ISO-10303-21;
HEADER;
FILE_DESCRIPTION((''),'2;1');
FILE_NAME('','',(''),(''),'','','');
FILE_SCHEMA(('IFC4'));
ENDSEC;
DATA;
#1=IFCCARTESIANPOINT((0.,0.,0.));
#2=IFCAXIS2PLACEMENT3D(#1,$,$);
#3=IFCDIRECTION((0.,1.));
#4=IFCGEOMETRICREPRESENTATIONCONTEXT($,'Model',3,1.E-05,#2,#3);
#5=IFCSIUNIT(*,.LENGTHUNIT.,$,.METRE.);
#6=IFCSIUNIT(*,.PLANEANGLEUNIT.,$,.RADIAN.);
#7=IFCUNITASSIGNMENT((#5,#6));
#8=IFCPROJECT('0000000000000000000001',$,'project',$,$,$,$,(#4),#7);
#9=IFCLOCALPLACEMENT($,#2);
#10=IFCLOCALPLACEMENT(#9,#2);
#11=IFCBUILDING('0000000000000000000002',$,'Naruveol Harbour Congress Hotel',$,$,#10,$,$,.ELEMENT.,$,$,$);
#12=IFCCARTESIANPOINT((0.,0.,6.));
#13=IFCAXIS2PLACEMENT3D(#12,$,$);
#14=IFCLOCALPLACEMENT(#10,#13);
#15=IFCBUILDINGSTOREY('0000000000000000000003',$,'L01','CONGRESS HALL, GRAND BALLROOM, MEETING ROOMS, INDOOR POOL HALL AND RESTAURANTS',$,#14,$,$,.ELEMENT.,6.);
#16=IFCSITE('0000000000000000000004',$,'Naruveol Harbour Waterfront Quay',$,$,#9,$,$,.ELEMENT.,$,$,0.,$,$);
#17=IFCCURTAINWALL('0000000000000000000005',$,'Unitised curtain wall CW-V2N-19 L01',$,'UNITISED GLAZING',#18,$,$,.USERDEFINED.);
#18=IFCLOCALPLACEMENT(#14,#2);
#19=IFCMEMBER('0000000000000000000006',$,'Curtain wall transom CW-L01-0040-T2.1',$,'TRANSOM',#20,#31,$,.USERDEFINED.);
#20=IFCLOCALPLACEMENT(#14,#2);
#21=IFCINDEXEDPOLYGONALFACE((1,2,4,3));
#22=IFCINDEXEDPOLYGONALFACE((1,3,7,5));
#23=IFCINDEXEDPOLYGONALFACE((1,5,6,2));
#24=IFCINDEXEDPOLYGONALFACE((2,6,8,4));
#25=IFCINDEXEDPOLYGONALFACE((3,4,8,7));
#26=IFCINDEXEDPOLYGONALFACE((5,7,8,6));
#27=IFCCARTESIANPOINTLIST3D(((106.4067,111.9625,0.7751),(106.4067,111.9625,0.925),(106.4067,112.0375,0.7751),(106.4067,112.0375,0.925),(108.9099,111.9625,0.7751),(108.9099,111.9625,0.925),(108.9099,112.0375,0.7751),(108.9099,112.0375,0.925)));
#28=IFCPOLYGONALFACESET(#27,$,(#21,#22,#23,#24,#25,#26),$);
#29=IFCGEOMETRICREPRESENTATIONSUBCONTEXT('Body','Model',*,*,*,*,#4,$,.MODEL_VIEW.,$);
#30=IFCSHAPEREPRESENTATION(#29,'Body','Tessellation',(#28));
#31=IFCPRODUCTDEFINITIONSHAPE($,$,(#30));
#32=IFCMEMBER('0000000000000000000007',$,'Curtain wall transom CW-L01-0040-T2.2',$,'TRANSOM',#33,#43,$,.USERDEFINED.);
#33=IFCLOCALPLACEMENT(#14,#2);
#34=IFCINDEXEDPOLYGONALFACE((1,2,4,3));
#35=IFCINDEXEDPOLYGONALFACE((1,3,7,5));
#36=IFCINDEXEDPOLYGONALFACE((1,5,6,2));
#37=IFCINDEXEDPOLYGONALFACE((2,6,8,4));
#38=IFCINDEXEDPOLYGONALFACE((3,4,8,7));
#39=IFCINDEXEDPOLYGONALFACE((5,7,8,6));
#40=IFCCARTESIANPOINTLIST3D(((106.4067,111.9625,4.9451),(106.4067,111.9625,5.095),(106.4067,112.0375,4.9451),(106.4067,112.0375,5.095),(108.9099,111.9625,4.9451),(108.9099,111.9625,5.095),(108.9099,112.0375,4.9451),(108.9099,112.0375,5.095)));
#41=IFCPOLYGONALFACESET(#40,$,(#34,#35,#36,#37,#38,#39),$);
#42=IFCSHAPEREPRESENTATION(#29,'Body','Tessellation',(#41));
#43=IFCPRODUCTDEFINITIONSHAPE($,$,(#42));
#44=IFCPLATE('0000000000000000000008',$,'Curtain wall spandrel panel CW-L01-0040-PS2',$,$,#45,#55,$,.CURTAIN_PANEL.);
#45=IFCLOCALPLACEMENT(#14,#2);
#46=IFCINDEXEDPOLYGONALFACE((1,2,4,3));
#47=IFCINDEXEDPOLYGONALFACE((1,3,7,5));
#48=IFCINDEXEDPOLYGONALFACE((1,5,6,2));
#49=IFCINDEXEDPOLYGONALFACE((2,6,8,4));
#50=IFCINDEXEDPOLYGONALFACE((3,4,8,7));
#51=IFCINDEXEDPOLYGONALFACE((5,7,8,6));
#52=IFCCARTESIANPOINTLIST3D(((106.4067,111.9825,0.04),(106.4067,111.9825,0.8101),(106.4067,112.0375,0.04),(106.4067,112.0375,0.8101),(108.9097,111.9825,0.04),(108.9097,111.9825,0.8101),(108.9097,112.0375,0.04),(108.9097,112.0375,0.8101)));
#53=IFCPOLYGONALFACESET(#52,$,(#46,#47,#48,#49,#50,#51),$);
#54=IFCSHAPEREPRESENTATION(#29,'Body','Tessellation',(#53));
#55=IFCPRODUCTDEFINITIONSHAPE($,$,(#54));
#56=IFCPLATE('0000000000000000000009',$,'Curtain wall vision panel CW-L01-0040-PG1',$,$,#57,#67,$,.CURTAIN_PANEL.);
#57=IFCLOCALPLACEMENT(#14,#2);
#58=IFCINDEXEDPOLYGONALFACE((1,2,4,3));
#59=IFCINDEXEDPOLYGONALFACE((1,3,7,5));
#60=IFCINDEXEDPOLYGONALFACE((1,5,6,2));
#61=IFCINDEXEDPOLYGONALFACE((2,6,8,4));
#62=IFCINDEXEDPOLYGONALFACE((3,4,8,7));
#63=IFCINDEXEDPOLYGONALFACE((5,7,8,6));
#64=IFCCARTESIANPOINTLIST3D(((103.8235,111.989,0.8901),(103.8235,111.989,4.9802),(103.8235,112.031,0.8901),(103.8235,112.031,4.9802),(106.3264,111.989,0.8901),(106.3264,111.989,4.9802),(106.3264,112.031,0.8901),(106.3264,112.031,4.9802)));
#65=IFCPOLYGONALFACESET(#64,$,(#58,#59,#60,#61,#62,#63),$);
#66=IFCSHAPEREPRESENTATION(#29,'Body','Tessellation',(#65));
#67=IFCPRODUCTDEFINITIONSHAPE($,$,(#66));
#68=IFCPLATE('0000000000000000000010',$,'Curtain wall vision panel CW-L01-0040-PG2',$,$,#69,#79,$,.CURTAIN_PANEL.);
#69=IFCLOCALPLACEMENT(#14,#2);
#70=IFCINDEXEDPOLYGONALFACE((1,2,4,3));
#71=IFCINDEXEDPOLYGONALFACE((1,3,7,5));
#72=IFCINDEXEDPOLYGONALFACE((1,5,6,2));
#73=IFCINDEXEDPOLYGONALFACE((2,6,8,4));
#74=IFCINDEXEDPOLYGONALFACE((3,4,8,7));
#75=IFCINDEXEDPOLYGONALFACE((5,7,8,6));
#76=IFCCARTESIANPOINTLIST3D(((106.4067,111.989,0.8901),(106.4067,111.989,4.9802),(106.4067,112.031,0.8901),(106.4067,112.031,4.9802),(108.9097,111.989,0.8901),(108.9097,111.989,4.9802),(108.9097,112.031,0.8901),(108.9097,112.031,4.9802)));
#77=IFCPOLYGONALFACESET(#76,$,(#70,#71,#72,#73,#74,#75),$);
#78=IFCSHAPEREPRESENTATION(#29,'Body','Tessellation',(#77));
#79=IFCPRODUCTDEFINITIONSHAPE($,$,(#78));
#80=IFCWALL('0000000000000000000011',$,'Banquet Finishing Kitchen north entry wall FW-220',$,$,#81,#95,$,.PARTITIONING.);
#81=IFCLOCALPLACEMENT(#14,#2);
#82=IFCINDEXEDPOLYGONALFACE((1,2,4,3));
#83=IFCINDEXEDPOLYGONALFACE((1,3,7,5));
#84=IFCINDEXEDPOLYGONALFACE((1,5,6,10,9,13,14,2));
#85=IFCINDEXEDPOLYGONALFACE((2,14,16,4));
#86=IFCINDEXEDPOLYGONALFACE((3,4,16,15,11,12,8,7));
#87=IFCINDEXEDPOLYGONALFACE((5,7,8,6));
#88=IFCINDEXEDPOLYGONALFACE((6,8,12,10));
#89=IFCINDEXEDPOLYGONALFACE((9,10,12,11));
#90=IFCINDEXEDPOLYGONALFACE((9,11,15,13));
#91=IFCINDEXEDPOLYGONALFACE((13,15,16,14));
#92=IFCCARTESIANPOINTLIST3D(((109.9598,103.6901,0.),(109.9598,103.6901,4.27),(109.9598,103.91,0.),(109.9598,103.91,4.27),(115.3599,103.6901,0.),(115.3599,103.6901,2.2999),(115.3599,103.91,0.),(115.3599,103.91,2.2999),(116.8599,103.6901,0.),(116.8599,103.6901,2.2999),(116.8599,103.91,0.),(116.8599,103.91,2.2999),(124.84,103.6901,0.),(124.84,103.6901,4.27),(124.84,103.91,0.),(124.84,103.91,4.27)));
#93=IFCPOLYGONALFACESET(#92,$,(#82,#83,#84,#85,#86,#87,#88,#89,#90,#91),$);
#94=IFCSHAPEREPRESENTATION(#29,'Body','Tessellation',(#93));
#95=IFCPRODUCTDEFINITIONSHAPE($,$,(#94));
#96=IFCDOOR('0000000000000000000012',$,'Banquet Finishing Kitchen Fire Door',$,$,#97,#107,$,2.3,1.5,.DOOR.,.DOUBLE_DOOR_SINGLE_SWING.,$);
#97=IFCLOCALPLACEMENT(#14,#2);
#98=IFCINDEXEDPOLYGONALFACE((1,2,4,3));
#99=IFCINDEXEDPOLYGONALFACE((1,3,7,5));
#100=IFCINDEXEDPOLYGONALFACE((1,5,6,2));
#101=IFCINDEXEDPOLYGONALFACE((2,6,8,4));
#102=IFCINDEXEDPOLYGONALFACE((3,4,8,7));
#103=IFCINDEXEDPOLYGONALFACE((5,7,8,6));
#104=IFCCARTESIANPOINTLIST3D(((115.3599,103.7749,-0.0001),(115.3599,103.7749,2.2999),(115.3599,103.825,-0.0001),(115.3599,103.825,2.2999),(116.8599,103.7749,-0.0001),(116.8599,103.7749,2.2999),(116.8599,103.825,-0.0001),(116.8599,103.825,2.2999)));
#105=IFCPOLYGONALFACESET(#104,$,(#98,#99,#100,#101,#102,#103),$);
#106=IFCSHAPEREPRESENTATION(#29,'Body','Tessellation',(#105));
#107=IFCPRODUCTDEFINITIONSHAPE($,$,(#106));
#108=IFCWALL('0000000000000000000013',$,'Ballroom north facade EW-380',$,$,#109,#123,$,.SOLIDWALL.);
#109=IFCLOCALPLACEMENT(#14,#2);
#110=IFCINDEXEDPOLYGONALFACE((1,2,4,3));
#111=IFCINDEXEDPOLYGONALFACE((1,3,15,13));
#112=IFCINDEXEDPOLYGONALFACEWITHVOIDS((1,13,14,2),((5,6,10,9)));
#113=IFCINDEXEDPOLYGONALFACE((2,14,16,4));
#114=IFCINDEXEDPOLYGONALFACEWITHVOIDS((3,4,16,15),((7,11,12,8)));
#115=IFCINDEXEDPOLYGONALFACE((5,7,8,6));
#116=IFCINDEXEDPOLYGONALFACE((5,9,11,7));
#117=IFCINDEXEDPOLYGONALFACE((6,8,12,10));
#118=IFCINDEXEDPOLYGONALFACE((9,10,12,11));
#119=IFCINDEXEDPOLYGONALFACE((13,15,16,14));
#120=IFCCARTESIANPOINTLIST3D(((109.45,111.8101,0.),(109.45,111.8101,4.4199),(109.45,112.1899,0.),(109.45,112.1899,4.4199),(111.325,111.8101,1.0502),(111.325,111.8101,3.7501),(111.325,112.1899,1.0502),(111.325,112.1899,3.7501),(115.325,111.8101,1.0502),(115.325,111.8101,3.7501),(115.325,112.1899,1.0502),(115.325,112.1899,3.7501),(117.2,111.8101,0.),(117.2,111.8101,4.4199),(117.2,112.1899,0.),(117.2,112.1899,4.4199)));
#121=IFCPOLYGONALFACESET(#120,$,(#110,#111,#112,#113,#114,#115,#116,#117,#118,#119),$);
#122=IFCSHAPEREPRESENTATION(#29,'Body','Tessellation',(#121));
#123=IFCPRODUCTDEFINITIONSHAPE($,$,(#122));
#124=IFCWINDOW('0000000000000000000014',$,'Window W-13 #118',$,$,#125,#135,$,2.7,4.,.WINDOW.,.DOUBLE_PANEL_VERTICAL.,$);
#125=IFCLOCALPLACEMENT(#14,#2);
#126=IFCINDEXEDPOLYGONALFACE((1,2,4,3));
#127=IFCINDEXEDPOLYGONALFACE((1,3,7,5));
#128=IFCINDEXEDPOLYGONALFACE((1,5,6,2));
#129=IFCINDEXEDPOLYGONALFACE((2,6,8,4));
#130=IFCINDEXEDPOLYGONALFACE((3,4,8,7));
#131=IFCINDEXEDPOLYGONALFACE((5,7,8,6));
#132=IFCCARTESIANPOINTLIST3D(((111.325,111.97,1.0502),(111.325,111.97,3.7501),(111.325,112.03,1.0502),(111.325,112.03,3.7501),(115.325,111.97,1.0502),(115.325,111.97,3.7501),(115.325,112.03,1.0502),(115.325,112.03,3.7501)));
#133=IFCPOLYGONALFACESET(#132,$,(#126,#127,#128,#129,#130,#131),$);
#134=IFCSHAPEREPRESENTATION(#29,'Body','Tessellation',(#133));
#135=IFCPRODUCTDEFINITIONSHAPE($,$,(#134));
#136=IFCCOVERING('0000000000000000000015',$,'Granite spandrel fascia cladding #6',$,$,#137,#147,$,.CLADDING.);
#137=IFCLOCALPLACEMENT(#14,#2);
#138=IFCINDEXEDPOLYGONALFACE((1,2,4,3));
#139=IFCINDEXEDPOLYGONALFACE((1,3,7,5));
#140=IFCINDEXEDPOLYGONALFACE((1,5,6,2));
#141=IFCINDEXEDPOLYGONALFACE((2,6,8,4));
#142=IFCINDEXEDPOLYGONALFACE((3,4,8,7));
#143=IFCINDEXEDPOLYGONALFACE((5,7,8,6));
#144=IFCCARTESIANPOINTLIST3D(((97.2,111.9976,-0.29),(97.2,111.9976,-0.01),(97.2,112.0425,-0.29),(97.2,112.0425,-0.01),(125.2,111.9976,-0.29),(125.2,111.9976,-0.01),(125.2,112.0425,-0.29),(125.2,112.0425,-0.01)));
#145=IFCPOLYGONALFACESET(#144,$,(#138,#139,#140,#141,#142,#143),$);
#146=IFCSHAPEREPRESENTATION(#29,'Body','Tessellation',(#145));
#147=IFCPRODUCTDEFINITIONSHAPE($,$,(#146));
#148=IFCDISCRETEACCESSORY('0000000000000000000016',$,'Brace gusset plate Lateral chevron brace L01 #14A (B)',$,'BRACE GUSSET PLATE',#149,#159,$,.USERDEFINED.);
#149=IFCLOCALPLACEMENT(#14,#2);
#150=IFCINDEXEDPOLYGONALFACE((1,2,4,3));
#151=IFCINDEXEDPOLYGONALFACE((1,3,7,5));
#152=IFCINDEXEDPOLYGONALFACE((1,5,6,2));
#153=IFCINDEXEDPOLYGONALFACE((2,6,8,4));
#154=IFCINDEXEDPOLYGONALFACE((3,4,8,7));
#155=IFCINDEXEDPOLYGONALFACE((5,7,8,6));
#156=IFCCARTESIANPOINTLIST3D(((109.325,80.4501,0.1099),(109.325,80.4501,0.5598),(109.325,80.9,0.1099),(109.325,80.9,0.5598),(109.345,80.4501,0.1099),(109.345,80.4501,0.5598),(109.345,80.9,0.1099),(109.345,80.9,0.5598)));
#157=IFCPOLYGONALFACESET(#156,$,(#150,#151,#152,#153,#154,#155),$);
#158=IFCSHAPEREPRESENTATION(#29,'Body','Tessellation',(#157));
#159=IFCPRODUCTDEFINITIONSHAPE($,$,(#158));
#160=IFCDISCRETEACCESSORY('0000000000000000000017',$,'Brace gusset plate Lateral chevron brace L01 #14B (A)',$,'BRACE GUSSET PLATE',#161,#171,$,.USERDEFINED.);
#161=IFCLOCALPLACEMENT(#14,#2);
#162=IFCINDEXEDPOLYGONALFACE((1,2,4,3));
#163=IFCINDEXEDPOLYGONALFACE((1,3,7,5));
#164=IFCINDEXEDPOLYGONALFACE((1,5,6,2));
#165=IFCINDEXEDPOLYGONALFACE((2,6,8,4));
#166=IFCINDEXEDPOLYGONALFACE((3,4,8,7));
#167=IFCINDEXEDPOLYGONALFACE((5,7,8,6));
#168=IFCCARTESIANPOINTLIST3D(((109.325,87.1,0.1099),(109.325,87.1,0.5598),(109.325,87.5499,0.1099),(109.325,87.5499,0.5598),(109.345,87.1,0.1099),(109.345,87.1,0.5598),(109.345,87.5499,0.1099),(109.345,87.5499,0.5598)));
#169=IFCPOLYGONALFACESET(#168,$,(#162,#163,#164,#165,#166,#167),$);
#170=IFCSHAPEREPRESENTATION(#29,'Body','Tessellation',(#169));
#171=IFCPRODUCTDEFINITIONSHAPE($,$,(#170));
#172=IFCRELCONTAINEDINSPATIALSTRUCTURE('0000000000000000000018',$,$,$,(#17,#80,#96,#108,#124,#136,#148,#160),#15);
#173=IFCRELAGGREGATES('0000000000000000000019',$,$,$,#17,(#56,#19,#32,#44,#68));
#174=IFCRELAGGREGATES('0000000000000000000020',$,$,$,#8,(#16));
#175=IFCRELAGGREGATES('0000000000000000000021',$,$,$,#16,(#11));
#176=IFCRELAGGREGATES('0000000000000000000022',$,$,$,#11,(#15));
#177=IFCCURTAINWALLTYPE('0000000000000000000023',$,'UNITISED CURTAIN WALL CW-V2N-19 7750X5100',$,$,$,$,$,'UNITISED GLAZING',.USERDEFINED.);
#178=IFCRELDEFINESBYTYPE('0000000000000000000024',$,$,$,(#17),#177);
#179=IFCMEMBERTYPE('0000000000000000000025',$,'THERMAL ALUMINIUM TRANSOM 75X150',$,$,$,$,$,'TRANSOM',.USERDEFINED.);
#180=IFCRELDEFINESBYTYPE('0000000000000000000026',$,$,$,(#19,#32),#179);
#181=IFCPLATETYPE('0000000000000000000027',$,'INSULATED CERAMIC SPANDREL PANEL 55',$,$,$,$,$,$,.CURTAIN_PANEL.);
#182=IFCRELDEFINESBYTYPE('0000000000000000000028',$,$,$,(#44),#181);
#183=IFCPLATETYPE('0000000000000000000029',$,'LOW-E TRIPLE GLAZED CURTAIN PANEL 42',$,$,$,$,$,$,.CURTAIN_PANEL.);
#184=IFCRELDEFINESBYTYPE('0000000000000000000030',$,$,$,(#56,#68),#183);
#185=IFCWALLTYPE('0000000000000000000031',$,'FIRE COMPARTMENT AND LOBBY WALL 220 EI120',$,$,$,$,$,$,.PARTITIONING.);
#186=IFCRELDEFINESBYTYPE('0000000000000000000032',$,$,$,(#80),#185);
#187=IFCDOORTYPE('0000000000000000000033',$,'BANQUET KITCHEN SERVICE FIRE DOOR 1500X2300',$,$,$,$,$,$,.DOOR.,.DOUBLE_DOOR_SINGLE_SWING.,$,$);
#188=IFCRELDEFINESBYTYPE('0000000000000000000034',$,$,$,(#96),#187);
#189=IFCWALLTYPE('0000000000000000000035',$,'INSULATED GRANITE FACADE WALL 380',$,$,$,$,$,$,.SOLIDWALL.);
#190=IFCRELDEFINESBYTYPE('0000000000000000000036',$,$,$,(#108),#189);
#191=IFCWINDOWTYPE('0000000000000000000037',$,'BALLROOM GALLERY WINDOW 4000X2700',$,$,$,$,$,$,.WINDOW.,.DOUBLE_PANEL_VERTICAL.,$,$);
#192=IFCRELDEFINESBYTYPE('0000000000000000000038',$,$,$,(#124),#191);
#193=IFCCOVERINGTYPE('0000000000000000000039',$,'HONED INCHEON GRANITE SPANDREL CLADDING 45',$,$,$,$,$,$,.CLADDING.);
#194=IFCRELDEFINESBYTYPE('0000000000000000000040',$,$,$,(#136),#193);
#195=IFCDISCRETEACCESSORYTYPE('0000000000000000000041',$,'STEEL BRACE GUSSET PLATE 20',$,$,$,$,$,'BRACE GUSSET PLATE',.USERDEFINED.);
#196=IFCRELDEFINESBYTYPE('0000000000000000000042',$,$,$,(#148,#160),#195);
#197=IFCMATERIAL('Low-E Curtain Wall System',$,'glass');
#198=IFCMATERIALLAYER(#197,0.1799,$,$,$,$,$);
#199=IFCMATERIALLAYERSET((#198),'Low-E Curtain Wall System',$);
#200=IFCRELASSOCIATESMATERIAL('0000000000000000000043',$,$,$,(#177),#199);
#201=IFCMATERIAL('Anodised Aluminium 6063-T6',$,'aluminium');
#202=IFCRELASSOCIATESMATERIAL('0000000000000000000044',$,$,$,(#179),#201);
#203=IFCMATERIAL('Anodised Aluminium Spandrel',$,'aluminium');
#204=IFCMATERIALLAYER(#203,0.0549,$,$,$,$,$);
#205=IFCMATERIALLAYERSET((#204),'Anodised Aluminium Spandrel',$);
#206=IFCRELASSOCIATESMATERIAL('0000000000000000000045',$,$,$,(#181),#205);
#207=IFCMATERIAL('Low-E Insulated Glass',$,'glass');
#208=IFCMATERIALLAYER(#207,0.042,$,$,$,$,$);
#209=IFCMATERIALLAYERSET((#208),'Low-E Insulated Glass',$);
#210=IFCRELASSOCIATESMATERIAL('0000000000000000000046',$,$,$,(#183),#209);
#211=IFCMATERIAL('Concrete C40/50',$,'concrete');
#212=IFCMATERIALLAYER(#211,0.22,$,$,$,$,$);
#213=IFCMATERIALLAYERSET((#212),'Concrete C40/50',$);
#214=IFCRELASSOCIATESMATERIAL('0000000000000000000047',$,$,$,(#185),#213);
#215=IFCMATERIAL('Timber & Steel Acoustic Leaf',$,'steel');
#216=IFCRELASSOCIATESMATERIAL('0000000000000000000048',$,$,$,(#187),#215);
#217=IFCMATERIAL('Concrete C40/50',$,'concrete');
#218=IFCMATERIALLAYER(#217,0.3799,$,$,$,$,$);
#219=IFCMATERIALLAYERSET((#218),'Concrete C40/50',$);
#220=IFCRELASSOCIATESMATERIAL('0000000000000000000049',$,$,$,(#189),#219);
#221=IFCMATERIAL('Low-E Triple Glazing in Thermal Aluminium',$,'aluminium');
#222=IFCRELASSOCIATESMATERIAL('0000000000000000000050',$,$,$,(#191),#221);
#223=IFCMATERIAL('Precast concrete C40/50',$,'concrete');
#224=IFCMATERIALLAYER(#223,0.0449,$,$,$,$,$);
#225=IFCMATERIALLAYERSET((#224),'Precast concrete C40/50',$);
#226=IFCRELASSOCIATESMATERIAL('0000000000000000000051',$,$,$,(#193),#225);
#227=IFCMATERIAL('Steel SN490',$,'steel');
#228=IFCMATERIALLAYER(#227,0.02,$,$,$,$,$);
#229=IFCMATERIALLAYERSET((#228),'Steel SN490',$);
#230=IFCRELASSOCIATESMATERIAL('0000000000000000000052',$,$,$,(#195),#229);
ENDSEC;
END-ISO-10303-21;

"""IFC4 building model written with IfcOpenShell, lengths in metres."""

from ifc_helpers import new_model, si_unit, direction, frame, frame_2d, origin, origin_2d, place, context, subcontext, project, spatial, rectangle, extrude, material, layer, layer_set, material_profile, profile_set, type_object, element, fill, aggregate, save


model = new_model("IFC4")

# Units and contexts
model_context = context("Model", 3, precision=1e-05, world=origin(), true_north=direction((0.0, 1.0)))
body_context = subcontext(model_context, "Body", "Model", "MODEL_VIEW")
ifc_project = project(units=[si_unit("LENGTHUNIT", "METRE"), si_unit("PLANEANGLEUNIT", "RADIAN")], contexts=[model_context])

# Site, building, storey
site_placement = place(None, origin())
site = spatial("IfcSite", under=ifc_project, at=site_placement, Name="Naruveol Harbour Waterfront Quay", CompositionType="ELEMENT", RefElevation=0.0)
building_placement = place(site_placement, origin())
building = spatial("IfcBuilding", under=site, at=building_placement, Name="Naruveol Harbour Congress Hotel", CompositionType="ELEMENT")
storey_placement = place(building_placement, frame((0.0, 0.0, 6.0)))
storey = spatial("IfcBuildingStorey", under=building, at=storey_placement, Name="L01", Description="CONGRESS HALL, GRAND BALLROOM, MEETING ROOMS, INDOOR POOL HALL AND RESTAURANTS", CompositionType="ELEMENT", Elevation=6.0)

# Curtain wall, members, plates
ifc_material_1 = material(Name="Low-E Curtain Wall System", Category="glass")
ifc_layer_1 = layer(ifc_material_1, 0.1799)
ifc_layer_set_1 = layer_set([ifc_layer_1], Name="Low-E Curtain Wall System")
curtain_wall_type = type_object("IfcCurtainWallType", Name="UNITISED CURTAIN WALL CW-V2N-19 7750X5100", ElementType="UNITISED GLAZING", PredefinedType="USERDEFINED", material=ifc_layer_set_1)
curtain_wall_placement = place(storey_placement, origin())
curtain_wall = element("IfcCurtainWall", 1, at=curtain_wall_placement, inside=storey, type_object=curtain_wall_type, Name="Unitised curtain wall CW-V2N-19 L01", ObjectType="UNITISED GLAZING", PredefinedType="USERDEFINED")
ifc_material_2 = material(Name="Anodised Aluminium 6063-T6", Category="aluminium")
ifc_material_profile_1 = material_profile(ifc_material_2, rectangle(XDim=0.075, YDim=0.1499, at=origin_2d()), Name="ALU-75x150")
ifc_profile_set_1 = profile_set([ifc_material_profile_1], Name="Anodised Aluminium 6063-T6")
member_type_1 = type_object("IfcMemberType", Name="THERMAL ALUMINIUM TRANSOM 75X150", ElementType="TRANSOM", PredefinedType="USERDEFINED", material=ifc_profile_set_1)
member_1_placement = place(storey_placement, frame((106.4067, 112.0, 0.8501), z_axis=(1.0, 0.0, 0.0), x_axis=(0.0, 1.0, 0.0)))
member_1 = element("IfcMember", 2, at=member_1_placement, type_object=member_type_1, Name="Curtain wall transom CW-L01-0040-T2.1", ObjectType="TRANSOM", PredefinedType="USERDEFINED", context=body_context, shape_type="SweptSolid", body=[
    extrude(rectangle(XDim=0.075, YDim=0.1499, at=origin_2d()), origin(), (0.0, 0.0, 1.0), 2.5032),
])
member_2_placement = place(storey_placement, frame((106.4067, 112.0, 5.02), z_axis=(1.0, 0.0, 0.0), x_axis=(0.0, 1.0, 0.0)))
member_2 = element("IfcMember", 3, at=member_2_placement, type_object=member_type_1, Name="Curtain wall transom CW-L01-0040-T2.2", ObjectType="TRANSOM", PredefinedType="USERDEFINED", context=body_context, shape_type="SweptSolid", body=[
    extrude(rectangle(XDim=0.075, YDim=0.1499, at=origin_2d()), origin(), (0.0, 0.0, 1.0), 2.5032),
])
ifc_material_3 = material(Name="Anodised Aluminium Spandrel", Category="aluminium")
ifc_layer_2 = layer(ifc_material_3, 0.0549)
ifc_layer_set_2 = layer_set([ifc_layer_2], Name="Anodised Aluminium Spandrel")
plate_type_1 = type_object("IfcPlateType", Name="INSULATED CERAMIC SPANDREL PANEL 55", PredefinedType="CURTAIN_PANEL", material=ifc_layer_set_2)
plate_1_placement = place(storey_placement, frame((107.6582, 112.01, 0.04), z_axis=(0.0, 0.0, 1.0), x_axis=(1.0, 0.0, 0.0)))
plate_1 = element("IfcPlate", 4, at=plate_1_placement, type_object=plate_type_1, Name="Curtain wall spandrel panel CW-L01-0040-PS2", PredefinedType="CURTAIN_PANEL", context=body_context, shape_type="SweptSolid", body=[
    extrude(rectangle(XDim=2.5029, YDim=0.0549, at=origin_2d()), origin(), (0.0, 0.0, 1.0), 0.77),
])
ifc_material_4 = material(Name="Low-E Insulated Glass", Category="glass")
ifc_layer_3 = layer(ifc_material_4, 0.042)
ifc_layer_set_3 = layer_set([ifc_layer_3], Name="Low-E Insulated Glass")
plate_type_2 = type_object("IfcPlateType", Name="LOW-E TRIPLE GLAZED CURTAIN PANEL 42", PredefinedType="CURTAIN_PANEL", material=ifc_layer_set_3)
plate_2_placement = place(storey_placement, frame((105.075, 112.01, 0.8901), z_axis=(0.0, 0.0, 1.0), x_axis=(1.0, 0.0, 0.0)))
plate_2 = element("IfcPlate", 5, at=plate_2_placement, type_object=plate_type_2, Name="Curtain wall vision panel CW-L01-0040-PG1", PredefinedType="CURTAIN_PANEL", context=body_context, shape_type="SweptSolid", body=[
    extrude(rectangle(XDim=2.5029, YDim=0.042, at=origin_2d()), origin(), (0.0, 0.0, 1.0), 4.0901),
])
plate_3_placement = place(storey_placement, frame((107.6582, 112.01, 0.8901), z_axis=(0.0, 0.0, 1.0), x_axis=(1.0, 0.0, 0.0)))
plate_3 = element("IfcPlate", 6, at=plate_3_placement, type_object=plate_type_2, Name="Curtain wall vision panel CW-L01-0040-PG2", PredefinedType="CURTAIN_PANEL", context=body_context, shape_type="SweptSolid", body=[
    extrude(rectangle(XDim=2.5029, YDim=0.042, at=origin_2d()), origin(), (0.0, 0.0, 1.0), 4.0901),
])
aggregate(curtain_wall, [plate_2, member_1, member_2, plate_1, plate_3])

# Wall, opening, door
ifc_material_5 = material(Name="Concrete C40/50", Category="concrete")
ifc_layer_4 = layer(ifc_material_5, 0.22)
ifc_layer_set_4 = layer_set([ifc_layer_4], Name="Concrete C40/50")
wall_type_1 = type_object("IfcWallType", Name="FIRE COMPARTMENT AND LOBBY WALL 220 EI120", PredefinedType="PARTITIONING", material=ifc_layer_set_4)
wall_1_placement = place(storey_placement, frame((109.96, 103.8, 0.0), z_axis=(0.0, 0.0, 1.0), x_axis=(1.0, 0.0, 0.0)))
wall_1 = element("IfcWall", 7, at=wall_1_placement, inside=storey, type_object=wall_type_1, Name="Banquet Finishing Kitchen north entry wall FW-220", PredefinedType="PARTITIONING", context=body_context, shape_type="SweptSolid", body=[
    extrude(rectangle(XDim=14.8801, YDim=0.22, at=frame_2d((7.4399, 0.0))), origin(), (0.0, 0.0, 1.0), 4.27),
])
opening_1_placement = place(wall_1_placement, frame((5.3999, 0.0, 0.0)))
opening_1 = element("IfcOpeningElement", 8, at=opening_1_placement, cuts=wall_1, PredefinedType="OPENING", context=body_context, shape_type="SweptSolid", body=[
    extrude(rectangle(XDim=1.5, YDim=2.3, at=frame_2d((0.75, 1.1499))), frame((0.0, 0.1199, 0.0), z_axis=(0.0, -1.0, 0.0), x_axis=(1.0, 0.0, 0.0)), (0.0, 0.0, 1.0), 0.24),
])
ifc_material_6 = material(Name="Timber & Steel Acoustic Leaf", Category="steel")
door_type = type_object("IfcDoorType", Name="BANQUET KITCHEN SERVICE FIRE DOOR 1500X2300", OperationType="DOUBLE_DOOR_SINGLE_SWING", PredefinedType="DOOR", material=ifc_material_6)
door_placement = place(opening_1_placement, origin())
door = element("IfcDoor", 9, at=door_placement, inside=storey, type_object=door_type, Name="Banquet Finishing Kitchen Fire Door", OperationType="DOUBLE_DOOR_SINGLE_SWING", OverallHeight=2.3, OverallWidth=1.5, PredefinedType="DOOR", context=body_context, shape_type="SweptSolid", body=[
    extrude(rectangle(XDim=1.5, YDim=2.3, at=frame_2d((0.75, 1.1499))), frame((0.0, 0.0249, 0.0), z_axis=(0.0, -1.0, 0.0), x_axis=(1.0, 0.0, 0.0)), (0.0, 0.0, 1.0), 0.05),
])
fill(opening_1, door)

# Wall, opening, window
ifc_material_7 = material(Name="Concrete C40/50", Category="concrete")
ifc_layer_5 = layer(ifc_material_7, 0.3799)
ifc_layer_set_5 = layer_set([ifc_layer_5], Name="Concrete C40/50")
wall_type_2 = type_object("IfcWallType", Name="INSULATED GRANITE FACADE WALL 380", PredefinedType="SOLIDWALL", material=ifc_layer_set_5)
wall_2_placement = place(storey_placement, frame((109.45, 112.0, 0.0), z_axis=(0.0, 0.0, 1.0), x_axis=(1.0, 0.0, 0.0)))
wall_2 = element("IfcWall", 10, at=wall_2_placement, inside=storey, type_object=wall_type_2, Name="Ballroom north facade EW-380", PredefinedType="SOLIDWALL", context=body_context, shape_type="SweptSolid", body=[
    extrude(rectangle(XDim=7.75, YDim=0.3799, at=frame_2d((3.875, 0.0))), origin(), (0.0, 0.0, 1.0), 4.4199),
])
opening_2_placement = place(wall_2_placement, frame((1.875, 0.0, 1.05)))
opening_2 = element("IfcOpeningElement", 11, at=opening_2_placement, cuts=wall_2, PredefinedType="OPENING", context=body_context, shape_type="SweptSolid", body=[
    extrude(rectangle(XDim=4.0, YDim=2.7, at=frame_2d((2.0, 1.3501))), frame((0.0, 0.2, 0.0), z_axis=(0.0, -1.0, 0.0), x_axis=(1.0, 0.0, 0.0)), (0.0, 0.0, 1.0), 0.3999),
])
ifc_material_8 = material(Name="Low-E Triple Glazing in Thermal Aluminium", Category="aluminium")
window_type = type_object("IfcWindowType", Name="BALLROOM GALLERY WINDOW 4000X2700", PartitioningType="DOUBLE_PANEL_VERTICAL", PredefinedType="WINDOW", material=ifc_material_8)
window_placement = place(opening_2_placement, origin())
window = element("IfcWindow", 12, at=window_placement, inside=storey, type_object=window_type, Name="Window W-13 #118", OverallHeight=2.7, OverallWidth=4.0, PartitioningType="DOUBLE_PANEL_VERTICAL", PredefinedType="WINDOW", context=body_context, shape_type="SweptSolid", body=[
    extrude(rectangle(XDim=4.0, YDim=2.7, at=frame_2d((2.0, 1.3501))), frame((0.0, 0.03, 0.0), z_axis=(0.0, -1.0, 0.0), x_axis=(1.0, 0.0, 0.0)), (0.0, 0.0, 1.0), 0.0601),
])
fill(opening_2, window)

# Covering
ifc_material_9 = material(Name="Precast concrete C40/50", Category="concrete")
ifc_layer_6 = layer(ifc_material_9, 0.0449)
ifc_layer_set_6 = layer_set([ifc_layer_6], Name="Precast concrete C40/50")
covering_type = type_object("IfcCoveringType", Name="HONED INCHEON GRANITE SPANDREL CLADDING 45", PredefinedType="CLADDING", material=ifc_layer_set_6)
covering_placement = place(storey_placement, frame((111.2, 112.02, -0.29), z_axis=(0.0, 0.0, 1.0), x_axis=(1.0, 0.0, 0.0)))
element("IfcCovering", 13, at=covering_placement, inside=storey, type_object=covering_type, Name="Granite spandrel fascia cladding #6", PredefinedType="CLADDING", context=body_context, shape_type="SweptSolid", body=[
    extrude(rectangle(XDim=28.0, YDim=0.0449, at=origin_2d()), origin(), (0.0, 0.0, 1.0), 0.28),
])

# Discrete accessories
ifc_material_10 = material(Name="Steel SN490", Category="steel")
ifc_layer_7 = layer(ifc_material_10, 0.02)
ifc_layer_set_7 = layer_set([ifc_layer_7], Name="Steel SN490")
discrete_accessory_type = type_object("IfcDiscreteAccessoryType", Name="STEEL BRACE GUSSET PLATE 20", ElementType="BRACE GUSSET PLATE", PredefinedType="USERDEFINED", material=ifc_layer_set_7)
for number, where, z_axis, x_axis, name in (
    (14, (109.335, 80.675, 0.1099), (0.0, 0.0, 1.0), (0.0, 1.0, 0.0), "Brace gusset plate Lateral chevron brace L01 #14A (B)"),
    (15, (109.335, 87.325, 0.1099), (0.0, 0.0, 1.0), (0.0, -1.0, 0.0), "Brace gusset plate Lateral chevron brace L01 #14B (A)"),
):
    element("IfcDiscreteAccessory", number, at=place(storey_placement, frame(where, z_axis=z_axis, x_axis=x_axis)), inside=storey, type_object=discrete_accessory_type, Name=name, ObjectType="BRACE GUSSET PLATE", PredefinedType="USERDEFINED", context=body_context, shape_type="SweptSolid", body=[
        extrude(rectangle(XDim=0.45, YDim=0.02, at=origin_2d()), origin(), (0.0, 0.0, 1.0), 0.45),
    ])

save(model, "model.ifc")
